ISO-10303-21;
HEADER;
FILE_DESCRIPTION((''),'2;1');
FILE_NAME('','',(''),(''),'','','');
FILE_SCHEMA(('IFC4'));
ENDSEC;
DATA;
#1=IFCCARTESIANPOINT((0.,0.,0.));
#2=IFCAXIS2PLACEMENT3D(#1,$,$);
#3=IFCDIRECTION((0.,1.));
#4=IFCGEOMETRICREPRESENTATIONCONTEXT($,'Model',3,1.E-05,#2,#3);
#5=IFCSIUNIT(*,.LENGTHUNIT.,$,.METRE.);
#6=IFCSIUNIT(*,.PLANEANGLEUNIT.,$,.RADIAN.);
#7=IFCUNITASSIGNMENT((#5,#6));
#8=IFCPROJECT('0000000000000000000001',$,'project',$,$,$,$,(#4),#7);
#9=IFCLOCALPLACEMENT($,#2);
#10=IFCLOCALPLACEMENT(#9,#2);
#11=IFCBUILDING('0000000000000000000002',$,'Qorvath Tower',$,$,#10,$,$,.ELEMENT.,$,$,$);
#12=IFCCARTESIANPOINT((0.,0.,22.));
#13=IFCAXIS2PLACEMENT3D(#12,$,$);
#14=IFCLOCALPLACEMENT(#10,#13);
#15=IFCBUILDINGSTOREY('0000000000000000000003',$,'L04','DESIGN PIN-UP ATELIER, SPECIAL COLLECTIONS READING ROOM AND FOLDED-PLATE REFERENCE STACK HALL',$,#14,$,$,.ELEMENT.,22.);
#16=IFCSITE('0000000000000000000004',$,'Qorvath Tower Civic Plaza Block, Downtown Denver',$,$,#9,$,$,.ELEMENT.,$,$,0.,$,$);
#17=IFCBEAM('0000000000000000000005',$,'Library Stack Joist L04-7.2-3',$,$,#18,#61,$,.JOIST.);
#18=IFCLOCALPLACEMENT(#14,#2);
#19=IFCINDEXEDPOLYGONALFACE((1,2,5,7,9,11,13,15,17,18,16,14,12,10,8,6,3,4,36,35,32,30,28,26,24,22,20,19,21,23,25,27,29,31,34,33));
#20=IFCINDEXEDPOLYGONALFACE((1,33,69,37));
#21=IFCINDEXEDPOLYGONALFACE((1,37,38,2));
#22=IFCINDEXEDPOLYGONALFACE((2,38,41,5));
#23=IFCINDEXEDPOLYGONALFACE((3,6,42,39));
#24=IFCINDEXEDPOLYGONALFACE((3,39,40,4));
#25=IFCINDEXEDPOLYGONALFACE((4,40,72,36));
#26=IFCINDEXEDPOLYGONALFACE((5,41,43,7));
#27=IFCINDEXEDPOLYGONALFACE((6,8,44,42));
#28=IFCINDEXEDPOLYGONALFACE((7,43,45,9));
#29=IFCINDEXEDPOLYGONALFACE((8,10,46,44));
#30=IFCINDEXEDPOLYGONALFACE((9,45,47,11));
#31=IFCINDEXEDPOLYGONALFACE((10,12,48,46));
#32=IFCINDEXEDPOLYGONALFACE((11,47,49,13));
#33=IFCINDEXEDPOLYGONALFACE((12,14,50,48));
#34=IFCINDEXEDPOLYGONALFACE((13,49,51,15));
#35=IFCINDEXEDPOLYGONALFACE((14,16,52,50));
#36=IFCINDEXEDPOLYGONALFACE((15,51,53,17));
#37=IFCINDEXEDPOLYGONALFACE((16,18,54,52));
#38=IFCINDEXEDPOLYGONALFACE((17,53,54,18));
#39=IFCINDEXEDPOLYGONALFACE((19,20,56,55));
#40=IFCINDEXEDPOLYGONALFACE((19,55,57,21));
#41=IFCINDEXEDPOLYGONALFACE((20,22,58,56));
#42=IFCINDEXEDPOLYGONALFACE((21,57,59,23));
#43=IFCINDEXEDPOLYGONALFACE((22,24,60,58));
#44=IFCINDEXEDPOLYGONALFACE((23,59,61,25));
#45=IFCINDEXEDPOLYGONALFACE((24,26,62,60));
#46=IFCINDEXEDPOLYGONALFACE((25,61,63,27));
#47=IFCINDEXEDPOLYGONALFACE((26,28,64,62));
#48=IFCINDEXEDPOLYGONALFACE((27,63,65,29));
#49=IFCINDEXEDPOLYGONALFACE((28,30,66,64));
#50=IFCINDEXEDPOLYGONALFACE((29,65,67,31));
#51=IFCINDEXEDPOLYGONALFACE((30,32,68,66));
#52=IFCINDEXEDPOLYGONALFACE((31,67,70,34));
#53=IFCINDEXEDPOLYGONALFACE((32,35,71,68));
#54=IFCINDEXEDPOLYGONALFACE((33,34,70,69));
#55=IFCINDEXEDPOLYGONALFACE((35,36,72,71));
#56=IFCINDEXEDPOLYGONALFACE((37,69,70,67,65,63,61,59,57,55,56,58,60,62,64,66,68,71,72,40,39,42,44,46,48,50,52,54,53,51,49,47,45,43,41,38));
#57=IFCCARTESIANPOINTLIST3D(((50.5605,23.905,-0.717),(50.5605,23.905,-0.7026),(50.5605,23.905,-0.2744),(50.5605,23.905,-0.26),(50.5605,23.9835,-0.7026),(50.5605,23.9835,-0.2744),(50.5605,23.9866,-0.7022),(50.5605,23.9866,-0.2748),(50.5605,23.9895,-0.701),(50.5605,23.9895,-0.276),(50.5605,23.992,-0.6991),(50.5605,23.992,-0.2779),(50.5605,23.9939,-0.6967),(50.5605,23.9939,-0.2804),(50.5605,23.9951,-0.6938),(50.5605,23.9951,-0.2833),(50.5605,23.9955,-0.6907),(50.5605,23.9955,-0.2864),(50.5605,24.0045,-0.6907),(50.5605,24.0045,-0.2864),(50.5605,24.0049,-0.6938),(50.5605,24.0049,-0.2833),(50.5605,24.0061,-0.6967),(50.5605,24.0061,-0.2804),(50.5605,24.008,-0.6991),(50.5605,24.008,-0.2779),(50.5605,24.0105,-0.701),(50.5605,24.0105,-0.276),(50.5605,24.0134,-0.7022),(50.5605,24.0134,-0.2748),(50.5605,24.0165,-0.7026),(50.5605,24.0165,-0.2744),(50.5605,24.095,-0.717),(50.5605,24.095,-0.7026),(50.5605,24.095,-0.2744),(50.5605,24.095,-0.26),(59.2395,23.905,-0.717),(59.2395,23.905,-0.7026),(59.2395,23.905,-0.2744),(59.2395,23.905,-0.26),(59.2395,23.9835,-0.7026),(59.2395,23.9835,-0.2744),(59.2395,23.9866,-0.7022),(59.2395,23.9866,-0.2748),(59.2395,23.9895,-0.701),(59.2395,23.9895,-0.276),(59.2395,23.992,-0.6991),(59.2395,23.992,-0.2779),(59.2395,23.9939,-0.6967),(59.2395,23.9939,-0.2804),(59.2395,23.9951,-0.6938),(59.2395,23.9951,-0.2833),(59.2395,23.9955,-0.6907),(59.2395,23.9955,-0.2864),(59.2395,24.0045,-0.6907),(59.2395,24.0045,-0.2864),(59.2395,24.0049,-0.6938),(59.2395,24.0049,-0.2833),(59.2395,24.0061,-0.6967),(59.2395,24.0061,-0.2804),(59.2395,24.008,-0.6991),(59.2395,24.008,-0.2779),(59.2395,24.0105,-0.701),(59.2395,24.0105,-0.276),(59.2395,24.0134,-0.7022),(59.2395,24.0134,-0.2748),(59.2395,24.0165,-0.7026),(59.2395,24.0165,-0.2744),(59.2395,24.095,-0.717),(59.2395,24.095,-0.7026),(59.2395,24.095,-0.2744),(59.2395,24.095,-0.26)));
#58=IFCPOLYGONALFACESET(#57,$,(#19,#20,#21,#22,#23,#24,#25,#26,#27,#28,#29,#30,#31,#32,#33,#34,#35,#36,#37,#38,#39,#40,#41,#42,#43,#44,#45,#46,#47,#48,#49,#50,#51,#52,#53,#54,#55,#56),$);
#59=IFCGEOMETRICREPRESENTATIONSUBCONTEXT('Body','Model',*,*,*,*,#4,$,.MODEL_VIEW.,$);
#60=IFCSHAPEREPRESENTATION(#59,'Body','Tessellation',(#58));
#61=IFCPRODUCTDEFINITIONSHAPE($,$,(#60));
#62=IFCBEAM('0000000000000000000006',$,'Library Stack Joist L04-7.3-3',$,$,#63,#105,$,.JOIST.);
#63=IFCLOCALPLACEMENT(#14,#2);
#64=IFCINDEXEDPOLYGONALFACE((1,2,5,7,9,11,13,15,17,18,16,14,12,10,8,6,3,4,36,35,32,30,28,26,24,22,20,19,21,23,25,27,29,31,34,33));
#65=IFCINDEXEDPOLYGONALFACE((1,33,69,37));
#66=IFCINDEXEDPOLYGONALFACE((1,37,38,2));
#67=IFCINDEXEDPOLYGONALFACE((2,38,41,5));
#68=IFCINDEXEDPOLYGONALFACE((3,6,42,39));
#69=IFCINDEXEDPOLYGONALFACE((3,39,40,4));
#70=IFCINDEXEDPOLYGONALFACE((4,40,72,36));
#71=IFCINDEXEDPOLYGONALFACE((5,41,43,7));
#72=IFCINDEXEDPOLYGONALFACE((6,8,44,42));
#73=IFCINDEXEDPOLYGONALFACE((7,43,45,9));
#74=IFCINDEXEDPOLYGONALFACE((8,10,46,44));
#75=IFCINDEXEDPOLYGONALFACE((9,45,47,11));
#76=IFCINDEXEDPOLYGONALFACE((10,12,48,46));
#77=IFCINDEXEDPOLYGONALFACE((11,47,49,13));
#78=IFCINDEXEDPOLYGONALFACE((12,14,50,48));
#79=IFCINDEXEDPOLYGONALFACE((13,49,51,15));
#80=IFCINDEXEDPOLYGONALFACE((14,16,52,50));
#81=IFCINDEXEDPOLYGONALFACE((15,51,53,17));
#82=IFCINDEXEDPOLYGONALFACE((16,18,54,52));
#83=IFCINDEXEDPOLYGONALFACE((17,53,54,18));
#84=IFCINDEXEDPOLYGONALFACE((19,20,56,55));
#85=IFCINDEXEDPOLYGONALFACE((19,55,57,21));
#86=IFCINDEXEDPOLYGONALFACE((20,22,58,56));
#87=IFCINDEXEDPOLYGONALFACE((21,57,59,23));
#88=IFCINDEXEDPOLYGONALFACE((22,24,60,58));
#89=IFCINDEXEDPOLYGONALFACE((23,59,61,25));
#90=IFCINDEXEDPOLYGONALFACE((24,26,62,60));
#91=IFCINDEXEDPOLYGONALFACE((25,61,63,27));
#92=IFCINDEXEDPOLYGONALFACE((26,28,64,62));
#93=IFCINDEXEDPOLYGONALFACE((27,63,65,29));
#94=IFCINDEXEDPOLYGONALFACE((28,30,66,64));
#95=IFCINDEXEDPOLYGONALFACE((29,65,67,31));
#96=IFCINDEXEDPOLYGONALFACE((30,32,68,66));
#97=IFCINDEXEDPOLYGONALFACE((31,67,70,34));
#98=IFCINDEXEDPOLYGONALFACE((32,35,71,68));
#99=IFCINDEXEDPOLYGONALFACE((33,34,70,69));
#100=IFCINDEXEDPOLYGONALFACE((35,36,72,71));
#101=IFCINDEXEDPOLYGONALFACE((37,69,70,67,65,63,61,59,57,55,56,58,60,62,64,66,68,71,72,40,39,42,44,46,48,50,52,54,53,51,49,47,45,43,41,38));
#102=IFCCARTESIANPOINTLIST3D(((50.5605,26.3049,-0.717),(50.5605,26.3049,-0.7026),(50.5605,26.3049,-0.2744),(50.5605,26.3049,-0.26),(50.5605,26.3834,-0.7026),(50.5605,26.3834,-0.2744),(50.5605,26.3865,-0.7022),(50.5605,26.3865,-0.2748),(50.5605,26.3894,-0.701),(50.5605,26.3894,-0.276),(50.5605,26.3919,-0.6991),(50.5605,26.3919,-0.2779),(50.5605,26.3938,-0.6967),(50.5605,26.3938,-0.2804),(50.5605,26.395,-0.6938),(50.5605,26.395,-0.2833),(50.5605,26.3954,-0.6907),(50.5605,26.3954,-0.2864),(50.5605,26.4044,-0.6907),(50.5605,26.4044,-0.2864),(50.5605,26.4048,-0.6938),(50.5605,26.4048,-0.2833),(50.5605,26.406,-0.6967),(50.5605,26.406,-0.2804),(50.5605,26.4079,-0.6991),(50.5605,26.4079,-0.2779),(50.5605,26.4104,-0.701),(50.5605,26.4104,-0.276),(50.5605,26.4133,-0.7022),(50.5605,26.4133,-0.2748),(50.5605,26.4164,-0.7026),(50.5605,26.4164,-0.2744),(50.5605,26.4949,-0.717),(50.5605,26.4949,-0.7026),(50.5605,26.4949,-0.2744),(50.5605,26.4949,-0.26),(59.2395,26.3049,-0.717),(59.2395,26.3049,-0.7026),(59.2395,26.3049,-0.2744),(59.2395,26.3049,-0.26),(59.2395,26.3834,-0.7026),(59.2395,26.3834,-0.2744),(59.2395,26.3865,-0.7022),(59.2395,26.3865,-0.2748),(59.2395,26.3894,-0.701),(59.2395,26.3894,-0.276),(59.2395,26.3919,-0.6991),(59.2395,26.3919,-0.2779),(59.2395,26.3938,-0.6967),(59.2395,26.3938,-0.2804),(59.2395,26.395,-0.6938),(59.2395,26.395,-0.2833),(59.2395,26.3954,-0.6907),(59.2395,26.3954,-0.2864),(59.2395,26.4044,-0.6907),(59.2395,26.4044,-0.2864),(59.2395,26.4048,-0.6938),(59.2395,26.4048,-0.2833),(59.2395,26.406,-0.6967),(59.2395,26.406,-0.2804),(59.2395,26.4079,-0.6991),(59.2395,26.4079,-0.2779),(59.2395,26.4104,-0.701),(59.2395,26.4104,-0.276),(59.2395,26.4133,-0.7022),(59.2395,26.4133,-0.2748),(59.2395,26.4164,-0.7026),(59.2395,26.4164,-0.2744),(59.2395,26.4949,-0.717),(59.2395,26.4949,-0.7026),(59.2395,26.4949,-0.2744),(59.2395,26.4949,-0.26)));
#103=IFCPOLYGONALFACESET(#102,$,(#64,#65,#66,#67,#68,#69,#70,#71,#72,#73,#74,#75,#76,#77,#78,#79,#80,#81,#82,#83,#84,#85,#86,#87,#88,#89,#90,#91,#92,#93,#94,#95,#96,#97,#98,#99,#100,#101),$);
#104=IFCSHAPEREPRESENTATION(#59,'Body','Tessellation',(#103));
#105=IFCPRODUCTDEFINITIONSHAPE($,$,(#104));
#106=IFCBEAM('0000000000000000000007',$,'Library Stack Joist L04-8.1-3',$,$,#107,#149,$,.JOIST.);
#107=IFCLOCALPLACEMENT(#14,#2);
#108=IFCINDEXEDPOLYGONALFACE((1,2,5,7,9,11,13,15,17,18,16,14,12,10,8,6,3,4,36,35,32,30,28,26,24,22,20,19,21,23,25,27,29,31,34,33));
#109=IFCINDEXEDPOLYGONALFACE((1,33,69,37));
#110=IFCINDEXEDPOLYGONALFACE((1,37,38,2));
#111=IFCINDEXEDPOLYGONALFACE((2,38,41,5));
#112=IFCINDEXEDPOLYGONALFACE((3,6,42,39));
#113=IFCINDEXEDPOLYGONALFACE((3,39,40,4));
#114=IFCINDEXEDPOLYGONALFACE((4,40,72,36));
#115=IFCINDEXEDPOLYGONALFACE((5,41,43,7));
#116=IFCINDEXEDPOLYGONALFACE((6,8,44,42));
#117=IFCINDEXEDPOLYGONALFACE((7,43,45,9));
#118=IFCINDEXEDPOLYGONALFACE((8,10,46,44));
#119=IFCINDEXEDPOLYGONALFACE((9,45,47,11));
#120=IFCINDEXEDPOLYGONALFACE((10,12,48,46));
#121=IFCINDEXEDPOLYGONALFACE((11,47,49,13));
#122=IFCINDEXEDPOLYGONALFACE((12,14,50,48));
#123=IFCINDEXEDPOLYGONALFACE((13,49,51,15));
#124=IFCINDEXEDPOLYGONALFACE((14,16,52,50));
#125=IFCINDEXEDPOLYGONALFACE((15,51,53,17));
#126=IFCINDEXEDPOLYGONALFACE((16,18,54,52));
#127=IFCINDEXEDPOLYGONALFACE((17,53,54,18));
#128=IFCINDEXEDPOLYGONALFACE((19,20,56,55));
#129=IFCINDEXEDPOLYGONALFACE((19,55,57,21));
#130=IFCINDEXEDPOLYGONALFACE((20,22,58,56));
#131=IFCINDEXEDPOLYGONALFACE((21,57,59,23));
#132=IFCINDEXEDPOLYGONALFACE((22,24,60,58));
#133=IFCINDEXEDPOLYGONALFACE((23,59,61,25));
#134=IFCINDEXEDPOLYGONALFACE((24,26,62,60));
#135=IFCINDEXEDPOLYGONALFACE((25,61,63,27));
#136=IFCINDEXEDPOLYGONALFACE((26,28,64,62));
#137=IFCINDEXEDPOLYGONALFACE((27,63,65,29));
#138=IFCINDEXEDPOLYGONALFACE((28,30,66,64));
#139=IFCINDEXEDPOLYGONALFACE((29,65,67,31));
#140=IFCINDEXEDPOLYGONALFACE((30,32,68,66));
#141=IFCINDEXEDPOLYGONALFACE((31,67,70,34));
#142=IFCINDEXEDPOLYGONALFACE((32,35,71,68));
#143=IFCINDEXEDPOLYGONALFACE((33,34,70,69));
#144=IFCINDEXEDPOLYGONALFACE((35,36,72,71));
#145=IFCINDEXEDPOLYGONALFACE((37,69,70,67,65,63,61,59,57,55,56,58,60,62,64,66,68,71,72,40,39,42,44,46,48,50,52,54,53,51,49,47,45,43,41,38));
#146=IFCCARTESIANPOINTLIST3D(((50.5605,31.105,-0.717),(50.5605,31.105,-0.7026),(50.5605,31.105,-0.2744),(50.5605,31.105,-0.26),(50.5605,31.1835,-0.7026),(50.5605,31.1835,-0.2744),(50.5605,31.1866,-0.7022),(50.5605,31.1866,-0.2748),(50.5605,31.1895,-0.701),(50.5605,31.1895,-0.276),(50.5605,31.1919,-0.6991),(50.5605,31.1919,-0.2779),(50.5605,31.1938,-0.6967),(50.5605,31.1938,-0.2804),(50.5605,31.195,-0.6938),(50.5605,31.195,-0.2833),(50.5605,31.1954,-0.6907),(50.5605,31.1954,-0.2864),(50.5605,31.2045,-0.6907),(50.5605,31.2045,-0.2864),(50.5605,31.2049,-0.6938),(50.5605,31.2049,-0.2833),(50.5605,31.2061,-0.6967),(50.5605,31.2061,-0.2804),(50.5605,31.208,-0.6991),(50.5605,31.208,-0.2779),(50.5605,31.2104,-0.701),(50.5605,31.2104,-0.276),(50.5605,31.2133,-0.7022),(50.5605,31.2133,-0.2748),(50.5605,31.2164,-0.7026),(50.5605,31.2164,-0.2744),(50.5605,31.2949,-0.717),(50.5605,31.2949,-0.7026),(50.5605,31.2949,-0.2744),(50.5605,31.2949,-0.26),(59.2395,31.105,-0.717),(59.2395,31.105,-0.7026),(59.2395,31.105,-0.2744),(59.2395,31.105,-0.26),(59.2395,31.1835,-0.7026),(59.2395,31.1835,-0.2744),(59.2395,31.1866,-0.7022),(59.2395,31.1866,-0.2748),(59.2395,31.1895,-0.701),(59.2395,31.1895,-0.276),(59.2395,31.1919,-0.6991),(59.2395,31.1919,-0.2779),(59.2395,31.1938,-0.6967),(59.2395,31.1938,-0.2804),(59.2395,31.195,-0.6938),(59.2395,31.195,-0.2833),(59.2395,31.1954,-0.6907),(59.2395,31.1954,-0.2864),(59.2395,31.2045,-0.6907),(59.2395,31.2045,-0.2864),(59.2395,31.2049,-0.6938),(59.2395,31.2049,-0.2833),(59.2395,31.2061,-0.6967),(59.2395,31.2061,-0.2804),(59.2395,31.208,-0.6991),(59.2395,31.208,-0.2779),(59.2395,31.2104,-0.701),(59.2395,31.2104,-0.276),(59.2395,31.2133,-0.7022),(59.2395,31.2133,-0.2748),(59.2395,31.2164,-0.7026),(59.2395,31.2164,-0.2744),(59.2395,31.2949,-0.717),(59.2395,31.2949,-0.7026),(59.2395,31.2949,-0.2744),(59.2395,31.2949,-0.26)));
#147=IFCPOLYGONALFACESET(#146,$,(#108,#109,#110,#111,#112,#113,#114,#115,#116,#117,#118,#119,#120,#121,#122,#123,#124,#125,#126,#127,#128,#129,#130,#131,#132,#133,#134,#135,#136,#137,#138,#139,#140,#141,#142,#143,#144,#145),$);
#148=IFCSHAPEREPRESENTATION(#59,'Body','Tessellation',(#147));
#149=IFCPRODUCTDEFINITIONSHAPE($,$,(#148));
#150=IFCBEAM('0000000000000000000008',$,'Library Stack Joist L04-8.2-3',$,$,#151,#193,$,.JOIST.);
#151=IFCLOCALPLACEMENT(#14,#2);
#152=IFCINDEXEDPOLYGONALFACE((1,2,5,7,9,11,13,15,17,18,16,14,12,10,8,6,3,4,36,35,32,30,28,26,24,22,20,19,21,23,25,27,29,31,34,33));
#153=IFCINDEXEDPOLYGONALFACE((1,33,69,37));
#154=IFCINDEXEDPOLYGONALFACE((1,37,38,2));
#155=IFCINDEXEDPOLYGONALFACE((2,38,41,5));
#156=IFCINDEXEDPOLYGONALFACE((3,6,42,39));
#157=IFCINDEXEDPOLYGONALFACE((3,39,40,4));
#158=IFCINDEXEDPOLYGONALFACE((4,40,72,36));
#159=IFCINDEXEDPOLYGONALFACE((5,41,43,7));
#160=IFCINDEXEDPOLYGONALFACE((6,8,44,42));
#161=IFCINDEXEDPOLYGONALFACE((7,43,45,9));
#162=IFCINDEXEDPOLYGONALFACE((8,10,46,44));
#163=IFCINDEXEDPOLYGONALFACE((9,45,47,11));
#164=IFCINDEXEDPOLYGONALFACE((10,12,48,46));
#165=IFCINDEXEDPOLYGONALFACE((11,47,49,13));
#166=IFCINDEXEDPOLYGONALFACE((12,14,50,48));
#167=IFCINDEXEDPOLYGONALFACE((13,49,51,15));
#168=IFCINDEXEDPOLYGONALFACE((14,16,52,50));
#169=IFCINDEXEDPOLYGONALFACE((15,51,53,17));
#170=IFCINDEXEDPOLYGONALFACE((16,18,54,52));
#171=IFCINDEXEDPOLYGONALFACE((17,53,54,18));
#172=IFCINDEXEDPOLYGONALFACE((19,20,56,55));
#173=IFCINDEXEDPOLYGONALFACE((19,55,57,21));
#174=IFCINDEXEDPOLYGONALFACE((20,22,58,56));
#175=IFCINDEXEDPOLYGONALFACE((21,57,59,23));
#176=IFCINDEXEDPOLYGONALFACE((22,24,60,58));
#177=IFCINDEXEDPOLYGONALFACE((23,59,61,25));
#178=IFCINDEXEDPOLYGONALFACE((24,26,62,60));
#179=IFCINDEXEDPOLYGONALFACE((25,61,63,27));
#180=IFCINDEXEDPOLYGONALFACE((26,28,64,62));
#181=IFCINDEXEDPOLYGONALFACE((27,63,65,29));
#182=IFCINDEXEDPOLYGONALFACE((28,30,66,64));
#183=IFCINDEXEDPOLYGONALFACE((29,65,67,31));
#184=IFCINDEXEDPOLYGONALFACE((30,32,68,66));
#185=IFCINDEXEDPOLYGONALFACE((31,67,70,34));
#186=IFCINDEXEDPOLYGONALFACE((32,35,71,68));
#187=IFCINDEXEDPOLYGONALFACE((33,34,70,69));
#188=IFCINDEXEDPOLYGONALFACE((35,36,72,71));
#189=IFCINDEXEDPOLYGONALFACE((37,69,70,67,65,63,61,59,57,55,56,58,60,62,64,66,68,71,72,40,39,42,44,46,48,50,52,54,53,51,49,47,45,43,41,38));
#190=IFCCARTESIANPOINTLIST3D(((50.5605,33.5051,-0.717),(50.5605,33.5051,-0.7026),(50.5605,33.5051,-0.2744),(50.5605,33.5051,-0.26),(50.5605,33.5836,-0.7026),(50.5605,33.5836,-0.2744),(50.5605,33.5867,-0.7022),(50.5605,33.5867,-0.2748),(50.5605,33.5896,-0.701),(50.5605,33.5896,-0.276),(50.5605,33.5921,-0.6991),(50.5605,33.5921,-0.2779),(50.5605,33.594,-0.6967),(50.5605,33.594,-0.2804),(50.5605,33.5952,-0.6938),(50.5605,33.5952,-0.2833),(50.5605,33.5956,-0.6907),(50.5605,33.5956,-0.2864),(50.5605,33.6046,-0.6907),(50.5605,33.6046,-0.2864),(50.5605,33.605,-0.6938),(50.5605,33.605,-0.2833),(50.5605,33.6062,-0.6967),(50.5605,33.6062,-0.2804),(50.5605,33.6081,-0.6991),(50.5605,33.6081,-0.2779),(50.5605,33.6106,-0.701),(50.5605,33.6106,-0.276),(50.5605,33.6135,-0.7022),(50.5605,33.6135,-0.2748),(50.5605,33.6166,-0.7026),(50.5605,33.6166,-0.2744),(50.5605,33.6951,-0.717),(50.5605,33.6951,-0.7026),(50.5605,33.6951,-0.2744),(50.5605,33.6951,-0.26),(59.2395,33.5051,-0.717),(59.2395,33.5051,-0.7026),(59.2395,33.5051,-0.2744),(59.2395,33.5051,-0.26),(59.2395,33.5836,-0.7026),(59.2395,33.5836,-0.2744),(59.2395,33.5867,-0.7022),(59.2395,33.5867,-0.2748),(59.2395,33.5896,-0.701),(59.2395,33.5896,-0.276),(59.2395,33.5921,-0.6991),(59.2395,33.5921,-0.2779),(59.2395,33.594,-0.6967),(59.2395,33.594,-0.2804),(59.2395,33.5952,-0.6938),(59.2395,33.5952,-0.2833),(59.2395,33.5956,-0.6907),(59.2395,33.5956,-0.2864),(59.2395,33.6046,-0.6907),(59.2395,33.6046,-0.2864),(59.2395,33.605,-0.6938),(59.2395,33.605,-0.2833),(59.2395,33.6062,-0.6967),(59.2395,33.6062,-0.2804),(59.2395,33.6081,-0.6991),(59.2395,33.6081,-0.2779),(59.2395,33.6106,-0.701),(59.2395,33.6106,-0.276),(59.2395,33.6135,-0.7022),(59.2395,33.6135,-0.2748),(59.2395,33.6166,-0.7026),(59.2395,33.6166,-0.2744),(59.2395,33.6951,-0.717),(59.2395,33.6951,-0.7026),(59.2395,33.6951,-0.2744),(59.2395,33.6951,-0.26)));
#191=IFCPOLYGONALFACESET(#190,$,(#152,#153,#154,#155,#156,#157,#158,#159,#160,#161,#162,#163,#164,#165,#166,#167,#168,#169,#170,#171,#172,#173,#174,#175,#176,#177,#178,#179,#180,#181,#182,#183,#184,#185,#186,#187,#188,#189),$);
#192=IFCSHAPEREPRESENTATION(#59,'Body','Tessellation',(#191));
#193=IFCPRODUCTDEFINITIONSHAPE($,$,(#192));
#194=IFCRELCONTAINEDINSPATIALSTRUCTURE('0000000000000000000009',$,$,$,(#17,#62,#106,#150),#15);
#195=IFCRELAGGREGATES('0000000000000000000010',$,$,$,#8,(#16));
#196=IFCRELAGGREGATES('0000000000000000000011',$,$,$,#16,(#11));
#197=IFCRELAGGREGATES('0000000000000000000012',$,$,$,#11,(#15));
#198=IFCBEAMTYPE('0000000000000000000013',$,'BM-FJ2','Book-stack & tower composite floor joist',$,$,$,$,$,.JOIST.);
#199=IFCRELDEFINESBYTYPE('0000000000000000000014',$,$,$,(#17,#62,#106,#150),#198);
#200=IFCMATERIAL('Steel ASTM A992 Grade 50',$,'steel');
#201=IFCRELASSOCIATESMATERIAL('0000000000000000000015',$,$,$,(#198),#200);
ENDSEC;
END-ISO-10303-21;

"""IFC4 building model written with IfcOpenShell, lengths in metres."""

from ifc_helpers import new_model, si_unit, direction, frame, origin, origin_2d, place, context, subcontext, project, spatial, i_section, extrude, material, material_profile, profile_set, type_object, element, save


model = new_model("IFC4")

# Units and contexts
model_context = context("Model", 3, precision=1e-05, world=origin(), true_north=direction((0.0, 1.0)))
body_context = subcontext(model_context, "Body", "Model", "MODEL_VIEW")
ifc_project = project(units=[si_unit("LENGTHUNIT", "METRE"), si_unit("PLANEANGLEUNIT", "RADIAN")], contexts=[model_context])

# Site, building, storey
site_placement = place(None, origin())
site = spatial("IfcSite", under=ifc_project, at=site_placement, Name="Qorvath Tower Civic Plaza Block, Downtown Denver", CompositionType="ELEMENT", RefElevation=0.0)
building_placement = place(site_placement, origin())
building = spatial("IfcBuilding", under=site, at=building_placement, Name="Qorvath Tower", CompositionType="ELEMENT")
storey_placement = place(building_placement, frame((0.0, 0.0, 22.0)))
storey = spatial("IfcBuildingStorey", under=building, at=storey_placement, Name="L04", Description="DESIGN PIN-UP ATELIER, SPECIAL COLLECTIONS READING ROOM AND FOLDED-PLATE REFERENCE STACK HALL", CompositionType="ELEMENT", Elevation=22.0)

# Beams
ifc_material_1 = material(Name="Steel ASTM A992 Grade 50", Category="steel")
ifc_material_profile_1 = material_profile(ifc_material_1, i_section(OverallWidth=0.1899, OverallDepth=0.457, WebThickness=0.009, FlangeThickness=0.0144, FilletRadius=0.012, at=origin_2d()), Name="W18x50")
ifc_profile_set_1 = profile_set([ifc_material_profile_1], Name="Steel ASTM A992 Grade 50")
beam_type_1 = type_object("IfcBeamType", Name="BM-FJ2", Description="Book-stack & tower composite floor joist", PredefinedType="JOIST", material=ifc_profile_set_1)
for number, where, z_axis, x_axis, name in (
    (1, (50.5605, 24.0, -0.4885), (1.0, 0.0, 0.0), (0.0, 1.0, 0.0), "Library Stack Joist L04-7.2-3"),
    (2, (50.5605, 26.3999, -0.4885), (1.0, 0.0, 0.0), (0.0, 1.0, 0.0), "Library Stack Joist L04-7.3-3"),
    (3, (50.5605, 31.2, -0.4885), (1.0, 0.0, 0.0), (0.0, 1.0, 0.0), "Library Stack Joist L04-8.1-3"),
    (4, (50.5605, 33.6001, -0.4885), (1.0, 0.0, 0.0), (0.0, 1.0, 0.0), "Library Stack Joist L04-8.2-3"),
):
    element("IfcBeam", number, at=place(storey_placement, frame(where, z_axis=z_axis, x_axis=x_axis)), inside=storey, type_object=beam_type_1, Name=name, PredefinedType="JOIST", context=body_context, shape_type="SweptSolid", body=[
        extrude(i_section(OverallWidth=0.1899, OverallDepth=0.457, WebThickness=0.009, FlangeThickness=0.0144, FilletRadius=0.012, at=origin_2d()), origin(), (0.0, 0.0, 1.0), 8.679),
    ])

save(model, "model.ifc")
